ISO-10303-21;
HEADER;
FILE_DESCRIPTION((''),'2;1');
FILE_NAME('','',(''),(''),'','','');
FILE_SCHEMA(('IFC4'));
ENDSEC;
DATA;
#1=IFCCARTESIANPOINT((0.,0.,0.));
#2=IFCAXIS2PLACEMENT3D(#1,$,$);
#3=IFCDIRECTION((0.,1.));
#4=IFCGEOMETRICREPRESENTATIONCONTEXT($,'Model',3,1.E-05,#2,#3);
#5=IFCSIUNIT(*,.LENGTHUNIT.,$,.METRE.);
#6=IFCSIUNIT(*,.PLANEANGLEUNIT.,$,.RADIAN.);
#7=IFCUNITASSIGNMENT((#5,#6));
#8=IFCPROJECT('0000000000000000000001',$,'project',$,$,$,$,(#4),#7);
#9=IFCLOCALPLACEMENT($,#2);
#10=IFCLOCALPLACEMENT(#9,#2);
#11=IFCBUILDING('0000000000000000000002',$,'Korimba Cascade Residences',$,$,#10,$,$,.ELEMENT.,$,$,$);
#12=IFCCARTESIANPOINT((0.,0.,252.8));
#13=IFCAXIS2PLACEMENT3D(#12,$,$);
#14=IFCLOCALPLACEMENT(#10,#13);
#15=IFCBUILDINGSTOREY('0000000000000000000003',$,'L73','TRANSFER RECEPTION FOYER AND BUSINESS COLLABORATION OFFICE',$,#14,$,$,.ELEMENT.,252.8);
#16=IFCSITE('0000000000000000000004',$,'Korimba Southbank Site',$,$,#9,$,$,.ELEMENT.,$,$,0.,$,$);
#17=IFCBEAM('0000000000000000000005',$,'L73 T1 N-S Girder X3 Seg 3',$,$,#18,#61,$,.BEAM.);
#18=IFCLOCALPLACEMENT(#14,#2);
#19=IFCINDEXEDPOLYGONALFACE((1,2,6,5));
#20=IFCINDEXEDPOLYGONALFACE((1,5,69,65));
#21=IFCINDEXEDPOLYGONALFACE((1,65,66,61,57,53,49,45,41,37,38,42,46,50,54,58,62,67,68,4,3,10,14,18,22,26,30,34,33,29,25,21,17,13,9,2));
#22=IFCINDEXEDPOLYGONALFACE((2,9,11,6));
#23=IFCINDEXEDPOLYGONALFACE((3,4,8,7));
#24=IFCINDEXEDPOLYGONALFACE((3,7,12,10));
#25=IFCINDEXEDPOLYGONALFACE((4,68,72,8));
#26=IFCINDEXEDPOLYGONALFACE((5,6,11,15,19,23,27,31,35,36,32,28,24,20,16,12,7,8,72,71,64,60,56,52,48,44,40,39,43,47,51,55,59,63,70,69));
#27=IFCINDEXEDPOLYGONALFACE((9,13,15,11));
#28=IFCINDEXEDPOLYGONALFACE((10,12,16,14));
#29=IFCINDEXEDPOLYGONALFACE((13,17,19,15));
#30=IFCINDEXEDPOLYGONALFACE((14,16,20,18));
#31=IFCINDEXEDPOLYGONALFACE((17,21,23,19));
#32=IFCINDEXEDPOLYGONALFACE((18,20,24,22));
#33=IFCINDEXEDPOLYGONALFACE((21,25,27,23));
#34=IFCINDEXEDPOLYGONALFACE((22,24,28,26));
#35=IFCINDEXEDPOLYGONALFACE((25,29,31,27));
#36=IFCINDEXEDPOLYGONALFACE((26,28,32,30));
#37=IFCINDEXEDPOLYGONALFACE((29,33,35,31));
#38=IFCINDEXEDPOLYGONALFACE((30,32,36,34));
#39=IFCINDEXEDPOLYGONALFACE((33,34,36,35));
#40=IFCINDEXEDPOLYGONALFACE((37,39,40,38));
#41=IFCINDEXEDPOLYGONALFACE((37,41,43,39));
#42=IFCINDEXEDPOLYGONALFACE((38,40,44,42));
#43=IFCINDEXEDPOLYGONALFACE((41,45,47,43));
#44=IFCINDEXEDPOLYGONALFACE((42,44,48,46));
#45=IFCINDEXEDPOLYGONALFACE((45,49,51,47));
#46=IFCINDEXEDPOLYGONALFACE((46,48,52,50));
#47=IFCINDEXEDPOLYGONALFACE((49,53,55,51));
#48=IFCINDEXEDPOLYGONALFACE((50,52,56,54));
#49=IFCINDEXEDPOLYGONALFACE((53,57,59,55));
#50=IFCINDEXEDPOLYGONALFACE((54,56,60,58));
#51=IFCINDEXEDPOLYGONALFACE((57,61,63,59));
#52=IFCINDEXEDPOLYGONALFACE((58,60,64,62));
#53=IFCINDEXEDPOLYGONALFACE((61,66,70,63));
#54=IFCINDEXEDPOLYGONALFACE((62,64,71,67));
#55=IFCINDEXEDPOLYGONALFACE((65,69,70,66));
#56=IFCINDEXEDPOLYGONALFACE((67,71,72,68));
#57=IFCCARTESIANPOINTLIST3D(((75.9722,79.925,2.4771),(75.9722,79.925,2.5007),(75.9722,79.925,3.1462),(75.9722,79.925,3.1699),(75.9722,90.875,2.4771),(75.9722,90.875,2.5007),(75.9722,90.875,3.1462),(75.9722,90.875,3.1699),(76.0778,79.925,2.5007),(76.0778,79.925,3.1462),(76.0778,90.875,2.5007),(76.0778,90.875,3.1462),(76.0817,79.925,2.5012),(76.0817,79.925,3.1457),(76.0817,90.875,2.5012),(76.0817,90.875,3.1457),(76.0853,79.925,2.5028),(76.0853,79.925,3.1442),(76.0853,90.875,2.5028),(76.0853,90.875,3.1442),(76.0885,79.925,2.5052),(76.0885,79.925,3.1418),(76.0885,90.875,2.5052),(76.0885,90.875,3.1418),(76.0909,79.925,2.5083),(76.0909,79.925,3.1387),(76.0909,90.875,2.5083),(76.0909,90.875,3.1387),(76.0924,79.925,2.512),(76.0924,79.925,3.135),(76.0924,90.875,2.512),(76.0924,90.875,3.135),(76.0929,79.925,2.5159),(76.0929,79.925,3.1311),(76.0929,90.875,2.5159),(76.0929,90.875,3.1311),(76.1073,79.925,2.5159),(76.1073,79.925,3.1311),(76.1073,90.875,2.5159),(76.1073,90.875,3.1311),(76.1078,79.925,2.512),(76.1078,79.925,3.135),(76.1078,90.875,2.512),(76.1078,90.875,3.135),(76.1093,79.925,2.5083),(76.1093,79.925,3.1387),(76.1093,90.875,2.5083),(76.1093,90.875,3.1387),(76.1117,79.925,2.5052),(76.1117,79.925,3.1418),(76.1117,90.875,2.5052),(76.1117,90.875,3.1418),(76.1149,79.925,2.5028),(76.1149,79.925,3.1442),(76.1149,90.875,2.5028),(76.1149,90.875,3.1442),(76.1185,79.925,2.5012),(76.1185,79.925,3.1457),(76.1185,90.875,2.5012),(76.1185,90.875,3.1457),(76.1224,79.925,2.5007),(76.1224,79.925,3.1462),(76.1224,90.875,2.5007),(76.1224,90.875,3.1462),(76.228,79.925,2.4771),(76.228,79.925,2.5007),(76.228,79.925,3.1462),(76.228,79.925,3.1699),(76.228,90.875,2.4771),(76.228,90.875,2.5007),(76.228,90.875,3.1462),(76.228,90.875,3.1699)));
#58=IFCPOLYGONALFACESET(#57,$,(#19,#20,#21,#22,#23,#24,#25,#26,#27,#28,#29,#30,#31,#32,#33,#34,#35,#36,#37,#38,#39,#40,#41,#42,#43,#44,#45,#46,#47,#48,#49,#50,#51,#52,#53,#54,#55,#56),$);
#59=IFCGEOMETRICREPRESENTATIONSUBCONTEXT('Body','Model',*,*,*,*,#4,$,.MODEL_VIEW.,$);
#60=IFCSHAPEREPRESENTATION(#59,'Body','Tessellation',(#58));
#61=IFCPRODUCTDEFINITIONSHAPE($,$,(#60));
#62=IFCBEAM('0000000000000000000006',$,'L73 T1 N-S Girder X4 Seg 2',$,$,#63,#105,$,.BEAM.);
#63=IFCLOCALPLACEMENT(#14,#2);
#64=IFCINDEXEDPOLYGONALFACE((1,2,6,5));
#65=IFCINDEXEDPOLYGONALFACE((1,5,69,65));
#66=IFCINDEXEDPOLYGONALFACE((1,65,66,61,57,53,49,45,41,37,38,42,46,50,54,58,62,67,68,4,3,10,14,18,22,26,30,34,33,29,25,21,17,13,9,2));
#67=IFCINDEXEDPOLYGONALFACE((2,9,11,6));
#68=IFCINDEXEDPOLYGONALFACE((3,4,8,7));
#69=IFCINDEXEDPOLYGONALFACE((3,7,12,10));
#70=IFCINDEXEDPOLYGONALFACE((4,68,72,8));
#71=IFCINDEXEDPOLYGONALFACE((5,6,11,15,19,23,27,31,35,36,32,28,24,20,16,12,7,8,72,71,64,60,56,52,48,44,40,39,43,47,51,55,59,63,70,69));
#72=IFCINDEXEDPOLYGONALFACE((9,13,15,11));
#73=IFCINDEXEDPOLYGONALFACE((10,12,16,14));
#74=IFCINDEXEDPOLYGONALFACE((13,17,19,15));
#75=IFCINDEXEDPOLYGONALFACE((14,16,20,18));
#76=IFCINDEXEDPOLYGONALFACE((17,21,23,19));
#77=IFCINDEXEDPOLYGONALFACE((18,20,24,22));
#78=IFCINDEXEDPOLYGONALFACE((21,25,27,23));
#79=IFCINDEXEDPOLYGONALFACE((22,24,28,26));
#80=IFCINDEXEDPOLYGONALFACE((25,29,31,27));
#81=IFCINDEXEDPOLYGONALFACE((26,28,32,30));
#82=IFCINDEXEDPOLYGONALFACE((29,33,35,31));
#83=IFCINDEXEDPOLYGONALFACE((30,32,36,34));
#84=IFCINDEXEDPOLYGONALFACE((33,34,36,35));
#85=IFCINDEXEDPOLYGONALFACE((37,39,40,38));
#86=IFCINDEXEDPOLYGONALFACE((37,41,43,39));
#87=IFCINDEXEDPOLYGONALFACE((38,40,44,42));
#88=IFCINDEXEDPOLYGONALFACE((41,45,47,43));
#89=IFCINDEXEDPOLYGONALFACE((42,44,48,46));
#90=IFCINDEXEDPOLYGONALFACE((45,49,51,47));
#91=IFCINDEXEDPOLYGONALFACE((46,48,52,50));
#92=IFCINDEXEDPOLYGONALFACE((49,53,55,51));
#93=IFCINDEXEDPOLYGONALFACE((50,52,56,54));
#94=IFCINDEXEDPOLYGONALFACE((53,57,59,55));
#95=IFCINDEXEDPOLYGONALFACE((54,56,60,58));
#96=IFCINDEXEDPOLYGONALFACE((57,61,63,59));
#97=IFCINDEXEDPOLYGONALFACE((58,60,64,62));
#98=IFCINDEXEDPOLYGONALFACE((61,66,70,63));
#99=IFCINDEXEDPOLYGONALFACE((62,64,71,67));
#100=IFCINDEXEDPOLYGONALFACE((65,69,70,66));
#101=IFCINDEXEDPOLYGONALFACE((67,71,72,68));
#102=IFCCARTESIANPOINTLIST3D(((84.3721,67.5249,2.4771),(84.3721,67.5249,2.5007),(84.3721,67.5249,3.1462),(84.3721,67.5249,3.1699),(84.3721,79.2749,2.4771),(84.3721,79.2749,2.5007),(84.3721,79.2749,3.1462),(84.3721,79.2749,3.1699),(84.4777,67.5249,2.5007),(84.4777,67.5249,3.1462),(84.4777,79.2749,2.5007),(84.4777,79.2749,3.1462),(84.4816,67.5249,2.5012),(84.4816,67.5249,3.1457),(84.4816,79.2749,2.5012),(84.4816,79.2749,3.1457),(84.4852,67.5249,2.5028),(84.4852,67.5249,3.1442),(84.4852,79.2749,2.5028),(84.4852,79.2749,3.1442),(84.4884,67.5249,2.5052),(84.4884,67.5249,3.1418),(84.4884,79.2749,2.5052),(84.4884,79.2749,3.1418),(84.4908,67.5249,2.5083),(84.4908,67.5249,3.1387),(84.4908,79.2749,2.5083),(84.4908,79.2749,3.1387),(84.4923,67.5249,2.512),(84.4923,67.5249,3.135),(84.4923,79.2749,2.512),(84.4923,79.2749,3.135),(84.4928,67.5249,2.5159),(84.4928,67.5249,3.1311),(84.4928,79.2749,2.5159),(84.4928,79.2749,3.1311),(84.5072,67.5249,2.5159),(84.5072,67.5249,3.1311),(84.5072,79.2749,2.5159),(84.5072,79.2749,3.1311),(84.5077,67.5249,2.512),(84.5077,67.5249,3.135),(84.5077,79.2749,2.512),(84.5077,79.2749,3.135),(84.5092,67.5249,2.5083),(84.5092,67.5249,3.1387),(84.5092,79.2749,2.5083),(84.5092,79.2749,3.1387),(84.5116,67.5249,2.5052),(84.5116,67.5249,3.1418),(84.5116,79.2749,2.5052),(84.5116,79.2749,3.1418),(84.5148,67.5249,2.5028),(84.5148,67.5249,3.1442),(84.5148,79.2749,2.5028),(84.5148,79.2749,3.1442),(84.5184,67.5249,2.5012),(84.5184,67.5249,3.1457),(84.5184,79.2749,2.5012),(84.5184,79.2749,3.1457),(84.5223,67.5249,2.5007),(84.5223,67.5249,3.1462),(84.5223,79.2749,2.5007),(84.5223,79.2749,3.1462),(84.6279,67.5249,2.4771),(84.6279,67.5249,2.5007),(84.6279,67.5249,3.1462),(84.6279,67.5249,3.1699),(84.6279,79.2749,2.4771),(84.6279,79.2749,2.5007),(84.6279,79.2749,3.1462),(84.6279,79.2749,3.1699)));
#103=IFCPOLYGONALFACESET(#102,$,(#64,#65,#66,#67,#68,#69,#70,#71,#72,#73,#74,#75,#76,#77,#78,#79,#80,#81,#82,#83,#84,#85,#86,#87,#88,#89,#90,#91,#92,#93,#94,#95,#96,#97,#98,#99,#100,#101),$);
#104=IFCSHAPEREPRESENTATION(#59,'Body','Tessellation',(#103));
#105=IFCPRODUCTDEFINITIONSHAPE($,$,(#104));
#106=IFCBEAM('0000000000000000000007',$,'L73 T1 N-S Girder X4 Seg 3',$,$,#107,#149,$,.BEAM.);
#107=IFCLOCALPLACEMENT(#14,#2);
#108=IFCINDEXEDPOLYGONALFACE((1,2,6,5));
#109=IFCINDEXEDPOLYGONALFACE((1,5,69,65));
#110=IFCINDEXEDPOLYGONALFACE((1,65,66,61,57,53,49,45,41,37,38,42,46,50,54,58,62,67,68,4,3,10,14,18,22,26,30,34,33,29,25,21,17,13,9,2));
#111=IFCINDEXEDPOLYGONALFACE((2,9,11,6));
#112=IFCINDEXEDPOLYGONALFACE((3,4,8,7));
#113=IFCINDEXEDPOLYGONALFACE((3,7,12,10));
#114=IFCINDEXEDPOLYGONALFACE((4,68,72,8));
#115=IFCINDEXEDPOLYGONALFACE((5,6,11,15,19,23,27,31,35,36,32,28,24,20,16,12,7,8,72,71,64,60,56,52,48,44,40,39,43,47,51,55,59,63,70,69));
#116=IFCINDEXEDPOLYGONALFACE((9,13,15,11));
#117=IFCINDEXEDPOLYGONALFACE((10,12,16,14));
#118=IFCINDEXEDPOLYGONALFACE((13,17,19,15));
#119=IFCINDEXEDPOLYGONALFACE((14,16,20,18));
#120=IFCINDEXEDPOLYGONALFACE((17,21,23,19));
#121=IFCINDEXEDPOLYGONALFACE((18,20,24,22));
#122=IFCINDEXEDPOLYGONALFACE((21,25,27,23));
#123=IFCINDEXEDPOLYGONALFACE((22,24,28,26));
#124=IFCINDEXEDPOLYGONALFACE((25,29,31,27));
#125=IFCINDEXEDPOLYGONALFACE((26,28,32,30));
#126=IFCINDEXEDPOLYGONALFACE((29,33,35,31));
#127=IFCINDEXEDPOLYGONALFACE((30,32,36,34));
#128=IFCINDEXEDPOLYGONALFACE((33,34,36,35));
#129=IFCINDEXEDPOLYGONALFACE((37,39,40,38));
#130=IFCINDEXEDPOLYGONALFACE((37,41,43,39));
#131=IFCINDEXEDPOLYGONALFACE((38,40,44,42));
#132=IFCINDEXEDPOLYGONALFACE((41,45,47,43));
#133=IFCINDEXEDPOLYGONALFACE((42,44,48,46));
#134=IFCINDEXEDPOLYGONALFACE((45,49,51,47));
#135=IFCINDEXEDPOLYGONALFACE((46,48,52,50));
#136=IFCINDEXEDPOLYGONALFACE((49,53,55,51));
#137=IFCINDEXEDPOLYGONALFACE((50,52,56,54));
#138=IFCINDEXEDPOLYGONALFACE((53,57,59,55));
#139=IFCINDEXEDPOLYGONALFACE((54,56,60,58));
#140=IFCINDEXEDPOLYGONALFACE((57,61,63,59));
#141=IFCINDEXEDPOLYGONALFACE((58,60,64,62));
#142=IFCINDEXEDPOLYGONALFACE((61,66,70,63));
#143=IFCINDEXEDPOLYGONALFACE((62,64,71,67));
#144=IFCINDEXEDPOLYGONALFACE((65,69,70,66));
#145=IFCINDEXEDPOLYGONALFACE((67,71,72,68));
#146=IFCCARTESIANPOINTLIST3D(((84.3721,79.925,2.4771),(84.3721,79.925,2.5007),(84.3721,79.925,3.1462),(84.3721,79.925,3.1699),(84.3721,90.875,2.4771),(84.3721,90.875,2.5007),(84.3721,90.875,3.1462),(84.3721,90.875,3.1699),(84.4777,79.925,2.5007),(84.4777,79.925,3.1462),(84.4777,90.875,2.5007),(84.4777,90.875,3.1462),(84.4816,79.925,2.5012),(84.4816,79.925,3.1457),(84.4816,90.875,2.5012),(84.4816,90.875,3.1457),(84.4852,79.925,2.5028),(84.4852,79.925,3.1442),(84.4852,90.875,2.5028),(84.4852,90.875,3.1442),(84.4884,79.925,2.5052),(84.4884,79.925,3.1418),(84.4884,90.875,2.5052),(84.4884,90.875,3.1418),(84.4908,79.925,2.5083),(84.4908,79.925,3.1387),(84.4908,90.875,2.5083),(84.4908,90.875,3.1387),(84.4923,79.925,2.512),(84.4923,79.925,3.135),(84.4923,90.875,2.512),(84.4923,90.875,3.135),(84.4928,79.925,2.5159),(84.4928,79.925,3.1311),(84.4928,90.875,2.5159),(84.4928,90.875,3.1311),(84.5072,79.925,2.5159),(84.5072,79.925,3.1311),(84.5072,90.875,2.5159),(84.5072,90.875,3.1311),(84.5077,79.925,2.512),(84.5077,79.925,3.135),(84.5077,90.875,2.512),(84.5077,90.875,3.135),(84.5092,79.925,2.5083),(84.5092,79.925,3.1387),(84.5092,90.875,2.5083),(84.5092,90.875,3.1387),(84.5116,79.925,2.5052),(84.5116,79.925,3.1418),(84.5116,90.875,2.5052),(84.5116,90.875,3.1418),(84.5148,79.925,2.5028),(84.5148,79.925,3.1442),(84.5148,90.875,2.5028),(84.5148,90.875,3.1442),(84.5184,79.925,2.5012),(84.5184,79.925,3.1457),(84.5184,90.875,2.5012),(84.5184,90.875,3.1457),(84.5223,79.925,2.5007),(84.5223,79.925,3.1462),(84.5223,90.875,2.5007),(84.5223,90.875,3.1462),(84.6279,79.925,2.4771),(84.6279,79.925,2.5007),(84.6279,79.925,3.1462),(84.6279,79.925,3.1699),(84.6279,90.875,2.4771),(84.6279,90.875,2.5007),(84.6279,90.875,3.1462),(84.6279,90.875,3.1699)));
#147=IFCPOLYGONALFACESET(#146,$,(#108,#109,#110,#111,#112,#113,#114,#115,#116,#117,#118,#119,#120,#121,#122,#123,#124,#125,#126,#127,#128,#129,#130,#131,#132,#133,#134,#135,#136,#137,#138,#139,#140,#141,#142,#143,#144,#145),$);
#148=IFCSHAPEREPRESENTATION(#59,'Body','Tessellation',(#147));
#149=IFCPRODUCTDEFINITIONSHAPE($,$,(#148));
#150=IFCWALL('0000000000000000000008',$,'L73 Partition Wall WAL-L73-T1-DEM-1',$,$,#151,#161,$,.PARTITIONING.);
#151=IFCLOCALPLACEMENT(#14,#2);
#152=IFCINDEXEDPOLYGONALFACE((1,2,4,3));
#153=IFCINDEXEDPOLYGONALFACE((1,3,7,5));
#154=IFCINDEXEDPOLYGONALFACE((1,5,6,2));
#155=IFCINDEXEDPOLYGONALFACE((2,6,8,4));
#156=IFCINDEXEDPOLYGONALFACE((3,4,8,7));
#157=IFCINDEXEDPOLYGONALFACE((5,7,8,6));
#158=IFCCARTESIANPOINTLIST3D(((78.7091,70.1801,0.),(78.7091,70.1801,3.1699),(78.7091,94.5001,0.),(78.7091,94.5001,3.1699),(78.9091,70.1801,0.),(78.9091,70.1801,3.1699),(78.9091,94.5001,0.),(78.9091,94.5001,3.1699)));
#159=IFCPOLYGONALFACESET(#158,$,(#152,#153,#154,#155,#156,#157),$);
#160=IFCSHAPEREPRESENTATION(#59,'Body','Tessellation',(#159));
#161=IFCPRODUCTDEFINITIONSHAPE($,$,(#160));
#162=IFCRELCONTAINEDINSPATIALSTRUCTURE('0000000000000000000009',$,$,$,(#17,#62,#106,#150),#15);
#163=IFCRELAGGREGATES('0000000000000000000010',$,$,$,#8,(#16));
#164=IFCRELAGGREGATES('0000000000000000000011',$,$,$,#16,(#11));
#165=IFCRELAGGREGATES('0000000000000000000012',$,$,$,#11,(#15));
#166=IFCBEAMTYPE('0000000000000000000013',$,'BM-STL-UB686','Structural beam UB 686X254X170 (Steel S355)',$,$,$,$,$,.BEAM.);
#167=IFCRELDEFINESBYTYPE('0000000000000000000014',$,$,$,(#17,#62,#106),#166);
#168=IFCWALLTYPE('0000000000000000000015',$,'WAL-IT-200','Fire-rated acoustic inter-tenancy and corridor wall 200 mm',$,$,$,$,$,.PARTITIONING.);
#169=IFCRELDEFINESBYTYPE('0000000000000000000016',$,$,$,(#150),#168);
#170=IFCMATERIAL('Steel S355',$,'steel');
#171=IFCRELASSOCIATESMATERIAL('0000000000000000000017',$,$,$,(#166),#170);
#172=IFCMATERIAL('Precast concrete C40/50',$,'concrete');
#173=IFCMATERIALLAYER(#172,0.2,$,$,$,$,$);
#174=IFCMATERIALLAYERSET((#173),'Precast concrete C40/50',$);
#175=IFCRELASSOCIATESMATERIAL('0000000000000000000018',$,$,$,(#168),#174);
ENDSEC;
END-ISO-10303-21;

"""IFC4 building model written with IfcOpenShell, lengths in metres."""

from ifc_helpers import new_model, si_unit, direction, frame, frame_2d, origin, origin_2d, place, context, subcontext, project, spatial, rectangle, i_section, extrude, material, layer, layer_set, material_profile, profile_set, type_object, element, save


model = new_model("IFC4")

# Units and contexts
model_context = context("Model", 3, precision=1e-05, world=origin(), true_north=direction((0.0, 1.0)))
body_context = subcontext(model_context, "Body", "Model", "MODEL_VIEW")
ifc_project = project(units=[si_unit("LENGTHUNIT", "METRE"), si_unit("PLANEANGLEUNIT", "RADIAN")], contexts=[model_context])

# Site, building, storey
site_placement = place(None, origin())
site = spatial("IfcSite", under=ifc_project, at=site_placement, Name="Korimba Southbank Site", CompositionType="ELEMENT", RefElevation=0.0)
building_placement = place(site_placement, origin())
building = spatial("IfcBuilding", under=site, at=building_placement, Name="Korimba Cascade Residences", CompositionType="ELEMENT")
storey_placement = place(building_placement, frame((0.0, 0.0, 252.8)))
storey = spatial("IfcBuildingStorey", under=building, at=storey_placement, Name="L73", Description="TRANSFER RECEPTION FOYER AND BUSINESS COLLABORATION OFFICE", CompositionType="ELEMENT", Elevation=252.8)

# Beams
ifc_material_1 = material(Name="Steel S355", Category="steel")
ifc_material_profile_1 = material_profile(ifc_material_1, i_section(OverallWidth=0.2559, OverallDepth=0.6929, WebThickness=0.0144, FlangeThickness=0.0237, FilletRadius=0.0151, at=origin_2d()), Name="Steel S355")
ifc_profile_set_1 = profile_set([ifc_material_profile_1], Name="Steel S355")
beam_type_1 = type_object("IfcBeamType", Name="BM-STL-UB686", Description="Structural beam UB 686X254X170 (Steel S355)", PredefinedType="BEAM", material=ifc_profile_set_1)
beam_1_placement = place(storey_placement, frame((76.1001, 79.925, 2.8235), z_axis=(0.0, 1.0, 0.0), x_axis=(-1.0, 0.0, 0.0)))
element("IfcBeam", 1, at=beam_1_placement, inside=storey, type_object=beam_type_1, Name="L73 T1 N-S Girder X3 Seg 3", PredefinedType="BEAM", context=body_context, shape_type="SweptSolid", body=[
    extrude(i_section(OverallWidth=0.2559, OverallDepth=0.6929, WebThickness=0.0144, FlangeThickness=0.0237, FilletRadius=0.0151, at=origin_2d()), origin(), (0.0, 0.0, 1.0), 10.95),
])
beam_2_placement = place(storey_placement, frame((84.5, 67.5249, 2.8235), z_axis=(0.0, 1.0, 0.0), x_axis=(-1.0, 0.0, 0.0)))
element("IfcBeam", 2, at=beam_2_placement, inside=storey, type_object=beam_type_1, Name="L73 T1 N-S Girder X4 Seg 2", PredefinedType="BEAM", context=body_context, shape_type="SweptSolid", body=[
    extrude(i_section(OverallWidth=0.2559, OverallDepth=0.6929, WebThickness=0.0144, FlangeThickness=0.0237, FilletRadius=0.0151, at=origin_2d()), origin(), (0.0, 0.0, 1.0), 11.75),
])
beam_3_placement = place(storey_placement, frame((84.5, 79.925, 2.8235), z_axis=(0.0, 1.0, 0.0), x_axis=(-1.0, 0.0, 0.0)))
element("IfcBeam", 3, at=beam_3_placement, inside=storey, type_object=beam_type_1, Name="L73 T1 N-S Girder X4 Seg 3", PredefinedType="BEAM", context=body_context, shape_type="SweptSolid", body=[
    extrude(i_section(OverallWidth=0.2559, OverallDepth=0.6929, WebThickness=0.0144, FlangeThickness=0.0237, FilletRadius=0.0151, at=origin_2d()), origin(), (0.0, 0.0, 1.0), 10.95),
])

# Wall
ifc_material_2 = material(Name="Precast concrete C40/50", Category="concrete")
ifc_layer_1 = layer(ifc_material_2, 0.2)
ifc_layer_set_1 = layer_set([ifc_layer_1], Name="Precast concrete C40/50")
wall_type_1 = type_object("IfcWallType", Name="WAL-IT-200", Description="Fire-rated acoustic inter-tenancy and corridor wall 200 mm", PredefinedType="PARTITIONING", material=ifc_layer_set_1)
wall_1_placement = place(storey_placement, frame((78.8091, 70.1799, 0.0), z_axis=(0.0, 0.0, 1.0), x_axis=(0.0, 1.0, 0.0)))
element("IfcWall", 4, at=wall_1_placement, inside=storey, type_object=wall_type_1, Name="L73 Partition Wall WAL-L73-T1-DEM-1", PredefinedType="PARTITIONING", context=body_context, shape_type="SweptSolid", body=[
    extrude(rectangle(XDim=24.3201, YDim=0.2, at=frame_2d((12.1602, 0.0))), origin(), (0.0, 0.0, 1.0), 3.1699),
])

save(model, "model.ifc")
